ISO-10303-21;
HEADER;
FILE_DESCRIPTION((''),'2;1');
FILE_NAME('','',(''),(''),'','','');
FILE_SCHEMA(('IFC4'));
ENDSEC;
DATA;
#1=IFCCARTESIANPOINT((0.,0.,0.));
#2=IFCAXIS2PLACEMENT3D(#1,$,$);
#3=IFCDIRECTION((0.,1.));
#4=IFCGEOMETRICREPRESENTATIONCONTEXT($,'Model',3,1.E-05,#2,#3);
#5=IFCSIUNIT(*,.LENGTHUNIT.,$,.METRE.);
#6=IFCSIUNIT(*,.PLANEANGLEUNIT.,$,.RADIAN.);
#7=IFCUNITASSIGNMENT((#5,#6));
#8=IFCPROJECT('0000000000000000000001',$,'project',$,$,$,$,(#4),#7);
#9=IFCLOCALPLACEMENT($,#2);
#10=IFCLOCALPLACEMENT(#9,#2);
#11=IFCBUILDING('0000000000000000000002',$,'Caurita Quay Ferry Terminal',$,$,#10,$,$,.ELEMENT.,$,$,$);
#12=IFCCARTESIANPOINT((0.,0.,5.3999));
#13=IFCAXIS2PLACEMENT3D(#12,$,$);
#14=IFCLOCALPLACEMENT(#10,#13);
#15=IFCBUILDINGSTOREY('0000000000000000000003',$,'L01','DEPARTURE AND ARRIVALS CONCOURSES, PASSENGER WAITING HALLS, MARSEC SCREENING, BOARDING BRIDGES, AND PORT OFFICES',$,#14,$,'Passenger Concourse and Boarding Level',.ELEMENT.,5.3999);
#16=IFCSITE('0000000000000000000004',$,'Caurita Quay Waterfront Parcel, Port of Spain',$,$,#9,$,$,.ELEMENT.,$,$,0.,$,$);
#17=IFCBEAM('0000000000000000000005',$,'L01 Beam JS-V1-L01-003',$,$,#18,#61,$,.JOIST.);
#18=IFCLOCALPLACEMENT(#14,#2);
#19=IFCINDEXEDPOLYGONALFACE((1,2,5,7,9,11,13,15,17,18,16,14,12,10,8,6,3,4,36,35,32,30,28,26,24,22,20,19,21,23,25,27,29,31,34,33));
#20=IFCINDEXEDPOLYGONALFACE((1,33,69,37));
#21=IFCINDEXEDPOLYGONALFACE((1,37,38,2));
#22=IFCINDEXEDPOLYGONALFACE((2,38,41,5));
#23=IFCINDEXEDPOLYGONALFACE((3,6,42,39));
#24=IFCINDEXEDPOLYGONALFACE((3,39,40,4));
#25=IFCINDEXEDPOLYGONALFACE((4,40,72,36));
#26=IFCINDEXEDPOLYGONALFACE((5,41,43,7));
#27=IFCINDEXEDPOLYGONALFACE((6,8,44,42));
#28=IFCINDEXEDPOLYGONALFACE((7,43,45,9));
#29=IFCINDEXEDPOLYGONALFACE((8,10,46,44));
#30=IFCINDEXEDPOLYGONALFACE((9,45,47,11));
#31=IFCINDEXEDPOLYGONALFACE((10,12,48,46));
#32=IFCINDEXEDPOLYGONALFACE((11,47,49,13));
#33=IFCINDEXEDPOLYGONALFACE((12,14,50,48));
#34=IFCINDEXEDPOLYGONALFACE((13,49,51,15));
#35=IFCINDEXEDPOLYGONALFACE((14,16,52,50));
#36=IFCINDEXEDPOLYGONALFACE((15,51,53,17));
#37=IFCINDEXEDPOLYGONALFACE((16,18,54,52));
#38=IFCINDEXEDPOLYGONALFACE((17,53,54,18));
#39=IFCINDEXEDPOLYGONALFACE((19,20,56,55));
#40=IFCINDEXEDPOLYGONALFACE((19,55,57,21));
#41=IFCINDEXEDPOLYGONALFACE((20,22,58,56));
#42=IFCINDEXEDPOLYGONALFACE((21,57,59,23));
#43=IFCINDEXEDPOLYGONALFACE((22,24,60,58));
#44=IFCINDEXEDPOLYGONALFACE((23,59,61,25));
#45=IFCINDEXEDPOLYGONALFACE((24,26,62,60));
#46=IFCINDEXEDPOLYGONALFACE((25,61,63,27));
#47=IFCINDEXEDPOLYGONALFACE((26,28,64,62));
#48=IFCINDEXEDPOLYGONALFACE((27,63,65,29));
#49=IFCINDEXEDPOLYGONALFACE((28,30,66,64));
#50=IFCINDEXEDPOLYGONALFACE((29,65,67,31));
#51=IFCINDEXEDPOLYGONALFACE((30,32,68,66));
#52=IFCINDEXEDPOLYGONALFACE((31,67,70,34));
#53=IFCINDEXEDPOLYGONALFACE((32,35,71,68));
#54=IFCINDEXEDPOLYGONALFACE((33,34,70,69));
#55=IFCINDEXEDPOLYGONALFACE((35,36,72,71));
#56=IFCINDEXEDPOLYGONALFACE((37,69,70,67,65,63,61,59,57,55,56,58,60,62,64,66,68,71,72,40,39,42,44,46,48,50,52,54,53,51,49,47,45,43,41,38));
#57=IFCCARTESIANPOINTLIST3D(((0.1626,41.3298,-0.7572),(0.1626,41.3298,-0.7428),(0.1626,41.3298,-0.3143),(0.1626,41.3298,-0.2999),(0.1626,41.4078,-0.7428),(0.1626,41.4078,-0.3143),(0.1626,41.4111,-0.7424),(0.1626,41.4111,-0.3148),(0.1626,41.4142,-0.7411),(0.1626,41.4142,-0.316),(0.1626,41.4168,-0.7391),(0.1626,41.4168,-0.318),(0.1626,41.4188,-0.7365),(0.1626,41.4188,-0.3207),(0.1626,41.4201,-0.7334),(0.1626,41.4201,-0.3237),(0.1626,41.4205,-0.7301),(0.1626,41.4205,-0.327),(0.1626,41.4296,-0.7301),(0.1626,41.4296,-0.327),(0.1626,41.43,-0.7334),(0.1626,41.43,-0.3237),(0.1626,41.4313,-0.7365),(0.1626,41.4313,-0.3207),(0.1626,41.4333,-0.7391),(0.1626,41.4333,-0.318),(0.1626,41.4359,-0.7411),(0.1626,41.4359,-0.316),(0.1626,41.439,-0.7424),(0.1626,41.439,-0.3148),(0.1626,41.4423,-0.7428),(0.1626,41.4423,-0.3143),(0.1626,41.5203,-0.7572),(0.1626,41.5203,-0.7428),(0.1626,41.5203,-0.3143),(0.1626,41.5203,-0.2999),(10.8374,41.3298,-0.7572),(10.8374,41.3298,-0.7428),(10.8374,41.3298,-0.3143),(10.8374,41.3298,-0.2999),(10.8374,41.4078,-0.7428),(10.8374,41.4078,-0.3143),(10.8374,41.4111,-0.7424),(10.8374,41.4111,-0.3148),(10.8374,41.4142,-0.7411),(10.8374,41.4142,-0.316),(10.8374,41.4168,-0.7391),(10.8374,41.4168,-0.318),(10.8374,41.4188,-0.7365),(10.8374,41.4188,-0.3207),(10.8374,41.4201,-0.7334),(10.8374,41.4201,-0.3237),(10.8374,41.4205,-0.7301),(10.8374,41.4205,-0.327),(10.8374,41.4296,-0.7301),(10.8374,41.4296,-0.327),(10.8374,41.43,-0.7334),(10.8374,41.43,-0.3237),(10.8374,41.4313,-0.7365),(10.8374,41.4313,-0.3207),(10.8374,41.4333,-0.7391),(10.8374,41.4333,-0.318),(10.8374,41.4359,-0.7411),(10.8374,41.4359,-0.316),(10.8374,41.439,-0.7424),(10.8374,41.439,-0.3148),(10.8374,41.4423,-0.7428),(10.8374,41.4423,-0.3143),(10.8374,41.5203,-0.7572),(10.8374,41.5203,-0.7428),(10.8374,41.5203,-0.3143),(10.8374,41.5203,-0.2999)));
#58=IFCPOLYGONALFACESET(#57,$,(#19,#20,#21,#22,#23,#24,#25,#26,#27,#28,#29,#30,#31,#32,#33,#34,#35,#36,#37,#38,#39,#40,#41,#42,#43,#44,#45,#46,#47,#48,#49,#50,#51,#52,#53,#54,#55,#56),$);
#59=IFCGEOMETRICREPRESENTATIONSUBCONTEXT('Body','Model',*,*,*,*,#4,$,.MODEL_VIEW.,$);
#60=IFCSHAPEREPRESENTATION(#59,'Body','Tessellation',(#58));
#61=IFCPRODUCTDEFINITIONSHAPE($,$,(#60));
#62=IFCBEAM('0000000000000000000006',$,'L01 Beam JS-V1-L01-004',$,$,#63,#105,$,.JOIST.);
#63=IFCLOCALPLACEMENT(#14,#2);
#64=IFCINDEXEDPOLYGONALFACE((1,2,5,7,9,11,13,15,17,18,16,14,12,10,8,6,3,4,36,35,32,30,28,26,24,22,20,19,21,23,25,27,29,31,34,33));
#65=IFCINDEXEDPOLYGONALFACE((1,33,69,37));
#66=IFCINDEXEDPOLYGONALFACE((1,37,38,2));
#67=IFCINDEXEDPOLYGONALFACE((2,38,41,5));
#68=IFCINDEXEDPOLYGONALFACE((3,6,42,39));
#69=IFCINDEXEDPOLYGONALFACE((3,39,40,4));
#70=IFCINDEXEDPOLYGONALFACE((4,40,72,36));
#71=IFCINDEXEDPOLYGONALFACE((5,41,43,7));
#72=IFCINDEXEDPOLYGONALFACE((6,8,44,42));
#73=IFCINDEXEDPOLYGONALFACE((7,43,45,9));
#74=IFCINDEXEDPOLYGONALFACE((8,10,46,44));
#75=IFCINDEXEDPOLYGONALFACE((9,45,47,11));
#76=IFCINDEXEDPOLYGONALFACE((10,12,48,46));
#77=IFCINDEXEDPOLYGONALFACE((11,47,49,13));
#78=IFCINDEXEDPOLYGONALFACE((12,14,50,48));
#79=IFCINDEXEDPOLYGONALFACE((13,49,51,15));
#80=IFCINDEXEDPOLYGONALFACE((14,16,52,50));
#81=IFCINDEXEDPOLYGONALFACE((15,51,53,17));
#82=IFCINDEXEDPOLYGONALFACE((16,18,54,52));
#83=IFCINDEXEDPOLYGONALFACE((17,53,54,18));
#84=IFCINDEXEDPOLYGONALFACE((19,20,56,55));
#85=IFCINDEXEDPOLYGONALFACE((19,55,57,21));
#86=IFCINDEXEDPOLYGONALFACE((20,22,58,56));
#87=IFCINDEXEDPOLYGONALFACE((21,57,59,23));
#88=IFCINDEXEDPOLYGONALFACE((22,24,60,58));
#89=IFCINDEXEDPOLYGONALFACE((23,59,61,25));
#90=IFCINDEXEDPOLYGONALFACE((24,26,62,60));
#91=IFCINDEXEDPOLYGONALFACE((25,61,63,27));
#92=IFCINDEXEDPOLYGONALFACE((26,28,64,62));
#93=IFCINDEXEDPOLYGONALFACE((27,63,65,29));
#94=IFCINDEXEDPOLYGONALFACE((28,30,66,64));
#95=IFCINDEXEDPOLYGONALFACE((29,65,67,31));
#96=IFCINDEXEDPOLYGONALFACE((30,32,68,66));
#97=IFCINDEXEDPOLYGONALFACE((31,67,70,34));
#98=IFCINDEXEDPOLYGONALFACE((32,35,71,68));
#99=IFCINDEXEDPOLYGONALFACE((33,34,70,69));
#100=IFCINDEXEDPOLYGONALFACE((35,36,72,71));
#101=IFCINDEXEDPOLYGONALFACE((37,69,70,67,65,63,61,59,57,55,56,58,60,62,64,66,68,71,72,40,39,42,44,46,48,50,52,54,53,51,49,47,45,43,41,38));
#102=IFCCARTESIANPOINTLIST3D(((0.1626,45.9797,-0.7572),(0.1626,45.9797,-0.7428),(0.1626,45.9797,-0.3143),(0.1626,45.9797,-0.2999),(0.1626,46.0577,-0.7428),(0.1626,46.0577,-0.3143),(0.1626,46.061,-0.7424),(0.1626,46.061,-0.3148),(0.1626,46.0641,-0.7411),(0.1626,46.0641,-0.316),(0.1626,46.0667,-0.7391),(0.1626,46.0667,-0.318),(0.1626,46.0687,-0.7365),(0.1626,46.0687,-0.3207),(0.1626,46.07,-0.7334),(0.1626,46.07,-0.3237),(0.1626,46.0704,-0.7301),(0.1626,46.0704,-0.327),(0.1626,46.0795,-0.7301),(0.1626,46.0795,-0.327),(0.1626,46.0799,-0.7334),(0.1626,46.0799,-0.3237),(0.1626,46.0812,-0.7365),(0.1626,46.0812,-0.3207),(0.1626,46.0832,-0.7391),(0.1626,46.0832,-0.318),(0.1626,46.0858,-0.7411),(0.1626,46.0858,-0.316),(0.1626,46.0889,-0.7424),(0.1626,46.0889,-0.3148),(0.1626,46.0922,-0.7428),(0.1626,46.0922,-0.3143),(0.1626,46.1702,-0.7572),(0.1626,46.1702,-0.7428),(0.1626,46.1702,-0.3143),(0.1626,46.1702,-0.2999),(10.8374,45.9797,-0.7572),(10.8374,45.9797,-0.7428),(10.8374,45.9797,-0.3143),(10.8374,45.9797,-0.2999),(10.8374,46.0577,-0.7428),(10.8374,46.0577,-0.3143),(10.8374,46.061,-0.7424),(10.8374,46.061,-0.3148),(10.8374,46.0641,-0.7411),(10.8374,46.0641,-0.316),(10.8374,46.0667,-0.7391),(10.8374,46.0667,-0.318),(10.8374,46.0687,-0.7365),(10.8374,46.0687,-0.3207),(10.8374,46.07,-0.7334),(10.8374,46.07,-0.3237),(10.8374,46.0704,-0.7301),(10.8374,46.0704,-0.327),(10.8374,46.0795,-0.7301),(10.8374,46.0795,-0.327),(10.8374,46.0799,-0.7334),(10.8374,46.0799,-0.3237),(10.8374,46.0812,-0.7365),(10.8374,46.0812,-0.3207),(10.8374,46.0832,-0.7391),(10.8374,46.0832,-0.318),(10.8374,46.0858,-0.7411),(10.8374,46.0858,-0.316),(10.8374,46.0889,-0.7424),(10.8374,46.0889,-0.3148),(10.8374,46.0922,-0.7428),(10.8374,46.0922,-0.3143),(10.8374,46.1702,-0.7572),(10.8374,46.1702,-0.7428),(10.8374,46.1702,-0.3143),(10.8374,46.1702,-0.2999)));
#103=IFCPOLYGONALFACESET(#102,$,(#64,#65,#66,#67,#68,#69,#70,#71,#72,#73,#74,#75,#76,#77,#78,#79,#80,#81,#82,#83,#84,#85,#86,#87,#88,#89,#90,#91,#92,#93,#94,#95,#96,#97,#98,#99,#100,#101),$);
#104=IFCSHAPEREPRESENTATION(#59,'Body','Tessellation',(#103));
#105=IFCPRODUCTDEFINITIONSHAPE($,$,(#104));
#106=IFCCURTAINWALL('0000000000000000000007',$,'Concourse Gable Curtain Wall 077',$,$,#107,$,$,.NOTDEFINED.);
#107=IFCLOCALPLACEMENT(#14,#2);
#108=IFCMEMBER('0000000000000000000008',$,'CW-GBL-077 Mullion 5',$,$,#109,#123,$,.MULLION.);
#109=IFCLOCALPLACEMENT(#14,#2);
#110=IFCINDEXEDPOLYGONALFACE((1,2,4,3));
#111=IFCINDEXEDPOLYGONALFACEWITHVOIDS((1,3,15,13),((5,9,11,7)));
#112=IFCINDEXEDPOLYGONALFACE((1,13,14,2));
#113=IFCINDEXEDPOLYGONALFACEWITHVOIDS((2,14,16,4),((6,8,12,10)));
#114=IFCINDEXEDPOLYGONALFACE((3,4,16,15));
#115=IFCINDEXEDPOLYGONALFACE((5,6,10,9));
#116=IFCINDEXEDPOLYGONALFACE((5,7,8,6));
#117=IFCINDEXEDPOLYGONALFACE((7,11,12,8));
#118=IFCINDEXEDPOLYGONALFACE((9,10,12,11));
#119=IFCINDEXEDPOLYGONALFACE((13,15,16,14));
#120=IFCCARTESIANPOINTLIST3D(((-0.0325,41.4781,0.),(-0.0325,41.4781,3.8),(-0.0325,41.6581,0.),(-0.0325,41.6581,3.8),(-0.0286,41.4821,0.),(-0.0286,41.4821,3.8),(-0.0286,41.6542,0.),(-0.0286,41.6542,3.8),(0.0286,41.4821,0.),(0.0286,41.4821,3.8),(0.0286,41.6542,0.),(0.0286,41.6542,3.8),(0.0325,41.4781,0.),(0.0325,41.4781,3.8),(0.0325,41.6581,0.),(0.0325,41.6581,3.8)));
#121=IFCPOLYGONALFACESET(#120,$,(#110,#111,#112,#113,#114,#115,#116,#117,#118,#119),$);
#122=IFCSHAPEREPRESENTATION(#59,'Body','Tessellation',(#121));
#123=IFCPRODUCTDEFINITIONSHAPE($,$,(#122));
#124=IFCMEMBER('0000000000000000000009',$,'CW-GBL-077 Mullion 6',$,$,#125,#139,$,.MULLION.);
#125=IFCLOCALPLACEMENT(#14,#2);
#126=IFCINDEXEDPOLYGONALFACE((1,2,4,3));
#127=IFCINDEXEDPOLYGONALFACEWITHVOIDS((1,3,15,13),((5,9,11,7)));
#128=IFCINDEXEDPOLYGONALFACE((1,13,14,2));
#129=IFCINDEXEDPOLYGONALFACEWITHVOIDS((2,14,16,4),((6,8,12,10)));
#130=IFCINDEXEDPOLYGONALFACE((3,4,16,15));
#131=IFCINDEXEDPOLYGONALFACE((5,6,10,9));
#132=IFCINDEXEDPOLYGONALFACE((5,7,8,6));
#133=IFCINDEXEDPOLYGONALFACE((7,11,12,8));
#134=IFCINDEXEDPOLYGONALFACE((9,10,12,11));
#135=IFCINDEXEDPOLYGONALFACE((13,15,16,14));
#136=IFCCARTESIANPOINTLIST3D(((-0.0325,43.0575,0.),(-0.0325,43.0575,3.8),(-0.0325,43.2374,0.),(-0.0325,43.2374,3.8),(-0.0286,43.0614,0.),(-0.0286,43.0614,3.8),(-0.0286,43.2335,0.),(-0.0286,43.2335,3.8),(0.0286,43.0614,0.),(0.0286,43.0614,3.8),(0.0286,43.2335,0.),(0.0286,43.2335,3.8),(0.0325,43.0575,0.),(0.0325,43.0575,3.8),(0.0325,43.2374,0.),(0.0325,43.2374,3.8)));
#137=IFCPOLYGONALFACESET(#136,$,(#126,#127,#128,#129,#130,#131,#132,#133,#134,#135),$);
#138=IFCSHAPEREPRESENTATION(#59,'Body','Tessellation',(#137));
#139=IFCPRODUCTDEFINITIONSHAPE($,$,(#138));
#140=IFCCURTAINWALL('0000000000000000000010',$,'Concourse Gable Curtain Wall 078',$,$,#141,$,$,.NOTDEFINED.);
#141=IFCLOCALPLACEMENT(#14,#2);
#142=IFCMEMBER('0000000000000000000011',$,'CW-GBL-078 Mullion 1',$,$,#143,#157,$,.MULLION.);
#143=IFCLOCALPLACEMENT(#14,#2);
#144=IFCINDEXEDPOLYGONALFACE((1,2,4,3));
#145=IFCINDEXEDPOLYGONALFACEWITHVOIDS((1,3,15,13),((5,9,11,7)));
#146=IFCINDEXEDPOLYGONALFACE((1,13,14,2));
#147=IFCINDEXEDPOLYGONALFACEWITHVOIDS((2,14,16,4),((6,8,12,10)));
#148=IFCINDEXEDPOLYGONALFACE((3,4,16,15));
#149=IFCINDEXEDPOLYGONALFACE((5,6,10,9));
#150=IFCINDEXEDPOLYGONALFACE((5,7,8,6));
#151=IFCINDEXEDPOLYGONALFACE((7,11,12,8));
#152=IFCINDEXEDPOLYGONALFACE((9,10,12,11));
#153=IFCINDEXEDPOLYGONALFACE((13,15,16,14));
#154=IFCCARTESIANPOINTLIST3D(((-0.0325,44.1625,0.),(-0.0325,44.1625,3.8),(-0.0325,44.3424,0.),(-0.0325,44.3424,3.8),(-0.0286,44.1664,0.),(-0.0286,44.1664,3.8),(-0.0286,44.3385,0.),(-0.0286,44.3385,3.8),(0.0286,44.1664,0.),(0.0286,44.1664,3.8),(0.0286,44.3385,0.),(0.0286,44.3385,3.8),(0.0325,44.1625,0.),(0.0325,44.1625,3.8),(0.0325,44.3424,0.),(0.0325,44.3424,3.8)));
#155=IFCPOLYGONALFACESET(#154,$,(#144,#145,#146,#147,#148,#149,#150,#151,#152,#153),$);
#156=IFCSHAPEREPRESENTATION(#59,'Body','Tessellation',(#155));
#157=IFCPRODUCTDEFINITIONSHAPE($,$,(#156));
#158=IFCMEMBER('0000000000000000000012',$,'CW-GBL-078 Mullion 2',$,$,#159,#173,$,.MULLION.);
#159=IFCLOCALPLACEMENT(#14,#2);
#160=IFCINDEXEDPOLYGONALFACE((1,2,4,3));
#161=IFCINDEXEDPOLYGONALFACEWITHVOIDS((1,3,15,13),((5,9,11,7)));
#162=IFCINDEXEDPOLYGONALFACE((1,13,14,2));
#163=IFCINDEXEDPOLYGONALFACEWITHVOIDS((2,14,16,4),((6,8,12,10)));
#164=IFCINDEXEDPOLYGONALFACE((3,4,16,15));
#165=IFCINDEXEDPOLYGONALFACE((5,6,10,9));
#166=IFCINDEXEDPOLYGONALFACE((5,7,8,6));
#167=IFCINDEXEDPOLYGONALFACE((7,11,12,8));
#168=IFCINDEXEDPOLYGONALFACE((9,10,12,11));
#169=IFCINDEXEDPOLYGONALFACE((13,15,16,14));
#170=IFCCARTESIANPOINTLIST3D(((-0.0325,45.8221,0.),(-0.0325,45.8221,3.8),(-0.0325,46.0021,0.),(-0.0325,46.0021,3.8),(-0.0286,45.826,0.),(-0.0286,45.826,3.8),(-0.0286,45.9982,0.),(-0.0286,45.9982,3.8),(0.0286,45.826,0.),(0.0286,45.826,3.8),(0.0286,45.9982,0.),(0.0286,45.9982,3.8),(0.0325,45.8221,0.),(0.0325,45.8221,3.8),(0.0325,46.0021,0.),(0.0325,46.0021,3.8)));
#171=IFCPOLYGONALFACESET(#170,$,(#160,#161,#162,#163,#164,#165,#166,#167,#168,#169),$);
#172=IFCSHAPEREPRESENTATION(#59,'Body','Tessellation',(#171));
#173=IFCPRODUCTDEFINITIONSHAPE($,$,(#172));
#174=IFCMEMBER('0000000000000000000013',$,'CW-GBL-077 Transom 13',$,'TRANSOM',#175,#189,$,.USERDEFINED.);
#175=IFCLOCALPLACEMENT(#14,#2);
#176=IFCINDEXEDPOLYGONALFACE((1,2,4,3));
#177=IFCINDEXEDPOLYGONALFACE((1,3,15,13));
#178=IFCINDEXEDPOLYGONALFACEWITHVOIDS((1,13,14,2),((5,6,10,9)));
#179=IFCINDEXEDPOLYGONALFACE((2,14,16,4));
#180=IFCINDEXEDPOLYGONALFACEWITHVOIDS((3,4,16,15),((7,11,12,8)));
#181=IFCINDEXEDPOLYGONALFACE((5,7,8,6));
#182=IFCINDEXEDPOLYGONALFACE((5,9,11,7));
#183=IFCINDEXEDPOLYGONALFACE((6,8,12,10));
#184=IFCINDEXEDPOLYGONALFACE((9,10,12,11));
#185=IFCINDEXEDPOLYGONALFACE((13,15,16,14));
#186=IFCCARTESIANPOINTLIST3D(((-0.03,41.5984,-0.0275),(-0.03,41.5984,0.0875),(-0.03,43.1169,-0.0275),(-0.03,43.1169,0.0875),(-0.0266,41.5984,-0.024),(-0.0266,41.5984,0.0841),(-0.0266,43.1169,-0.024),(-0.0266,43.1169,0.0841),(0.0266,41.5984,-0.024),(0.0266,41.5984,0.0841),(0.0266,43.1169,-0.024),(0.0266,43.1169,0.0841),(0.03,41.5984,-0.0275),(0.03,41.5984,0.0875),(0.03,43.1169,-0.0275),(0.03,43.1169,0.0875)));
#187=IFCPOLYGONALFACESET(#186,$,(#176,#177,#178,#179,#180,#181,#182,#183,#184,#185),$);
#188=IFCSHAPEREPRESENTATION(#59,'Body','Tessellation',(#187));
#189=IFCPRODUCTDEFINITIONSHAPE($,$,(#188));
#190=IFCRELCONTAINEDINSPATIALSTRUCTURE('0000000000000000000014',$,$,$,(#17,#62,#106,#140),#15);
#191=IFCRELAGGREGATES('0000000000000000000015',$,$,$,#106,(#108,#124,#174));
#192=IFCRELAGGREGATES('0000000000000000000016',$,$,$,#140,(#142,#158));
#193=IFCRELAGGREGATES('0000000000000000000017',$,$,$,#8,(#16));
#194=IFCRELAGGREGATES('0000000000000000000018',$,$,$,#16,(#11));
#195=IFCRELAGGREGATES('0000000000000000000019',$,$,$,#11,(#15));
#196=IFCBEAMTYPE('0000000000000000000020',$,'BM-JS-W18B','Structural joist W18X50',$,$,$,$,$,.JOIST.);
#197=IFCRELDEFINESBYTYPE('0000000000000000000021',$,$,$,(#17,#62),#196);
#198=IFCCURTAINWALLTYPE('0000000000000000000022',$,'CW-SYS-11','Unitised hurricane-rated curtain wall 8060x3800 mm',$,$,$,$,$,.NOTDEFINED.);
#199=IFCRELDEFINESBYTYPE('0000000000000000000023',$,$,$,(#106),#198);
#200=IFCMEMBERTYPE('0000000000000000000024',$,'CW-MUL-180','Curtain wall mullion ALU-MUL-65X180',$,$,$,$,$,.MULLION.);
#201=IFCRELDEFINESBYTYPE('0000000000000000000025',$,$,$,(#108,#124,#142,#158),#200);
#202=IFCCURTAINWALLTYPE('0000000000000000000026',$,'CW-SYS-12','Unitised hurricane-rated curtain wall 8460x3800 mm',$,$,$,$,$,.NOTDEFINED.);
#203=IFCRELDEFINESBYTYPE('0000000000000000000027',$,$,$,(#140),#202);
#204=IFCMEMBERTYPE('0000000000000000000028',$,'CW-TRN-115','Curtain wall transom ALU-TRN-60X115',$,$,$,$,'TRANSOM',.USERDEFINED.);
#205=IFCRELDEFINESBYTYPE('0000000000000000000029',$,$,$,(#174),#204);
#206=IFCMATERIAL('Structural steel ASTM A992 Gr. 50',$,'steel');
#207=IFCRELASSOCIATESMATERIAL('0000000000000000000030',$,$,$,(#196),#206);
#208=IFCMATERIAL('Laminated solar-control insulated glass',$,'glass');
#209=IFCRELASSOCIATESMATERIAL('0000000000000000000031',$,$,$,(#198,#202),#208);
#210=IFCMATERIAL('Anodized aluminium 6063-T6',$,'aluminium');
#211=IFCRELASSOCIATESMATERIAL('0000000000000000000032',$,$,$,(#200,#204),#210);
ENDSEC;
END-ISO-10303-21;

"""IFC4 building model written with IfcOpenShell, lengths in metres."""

from ifc_helpers import new_model, si_unit, direction, frame, origin, origin_2d, place, context, subcontext, project, spatial, hollow_rectangle, i_section, extrude, material, material_profile, profile_set, type_object, element, aggregate, save


model = new_model("IFC4")

# Units and contexts
model_context = context("Model", 3, precision=1e-05, world=origin(), true_north=direction((0.0, 1.0)))
body_context = subcontext(model_context, "Body", "Model", "MODEL_VIEW")
ifc_project = project(units=[si_unit("LENGTHUNIT", "METRE"), si_unit("PLANEANGLEUNIT", "RADIAN")], contexts=[model_context])

# Site, building, storey
site_placement = place(None, origin())
site = spatial("IfcSite", under=ifc_project, at=site_placement, Name="Caurita Quay Waterfront Parcel, Port of Spain", CompositionType="ELEMENT", RefElevation=0.0)
building_placement = place(site_placement, origin())
building = spatial("IfcBuilding", under=site, at=building_placement, Name="Caurita Quay Ferry Terminal", CompositionType="ELEMENT")
storey_placement = place(building_placement, frame((0.0, 0.0, 5.3999)))
storey = spatial("IfcBuildingStorey", under=building, at=storey_placement, Name="L01", Description="DEPARTURE AND ARRIVALS CONCOURSES, PASSENGER WAITING HALLS, MARSEC SCREENING, BOARDING BRIDGES, AND PORT OFFICES", LongName="Passenger Concourse and Boarding Level", CompositionType="ELEMENT", Elevation=5.3999)

# Shared definitions
ifc_material_1 = material(Name="Structural steel ASTM A992 Gr. 50", Category="steel")

# Beams
ifc_material_profile_1 = material_profile(ifc_material_1, i_section(OverallWidth=0.1904, OverallDepth=0.4573, WebThickness=0.009, FlangeThickness=0.0144, FilletRadius=0.0127, at=origin_2d()), Name="W18X50")
ifc_profile_set_1 = profile_set([ifc_material_profile_1], Name="Structural steel ASTM A992 Gr. 50")
beam_type_1 = type_object("IfcBeamType", Name="BM-JS-W18B", Description="Structural joist W18X50", PredefinedType="JOIST", material=ifc_profile_set_1)
for number, where, z_axis, x_axis, name in (
    (1, (0.1626, 41.425, -0.5286), (1.0, 0.0, 0.0), (0.0, 1.0, 0.0), "L01 Beam JS-V1-L01-003"),
    (2, (0.1626, 46.075, -0.5286), (1.0, 0.0, 0.0), (0.0, 1.0, 0.0), "L01 Beam JS-V1-L01-004"),
):
    element("IfcBeam", number, at=place(storey_placement, frame(where, z_axis=z_axis, x_axis=x_axis)), inside=storey, type_object=beam_type_1, Name=name, PredefinedType="JOIST", context=body_context, shape_type="SweptSolid", body=[
        extrude(i_section(OverallWidth=0.1904, OverallDepth=0.4573, WebThickness=0.009, FlangeThickness=0.0144, FilletRadius=0.0127, at=origin_2d()), origin(), (0.0, 0.0, 1.0), 10.6748),
    ])

# Curtain walls, members
ifc_material_2 = material(Name="Laminated solar-control insulated glass", Category="glass")
curtain_wall_type_1 = type_object("IfcCurtainWallType", Name="CW-SYS-11", Description="Unitised hurricane-rated curtain wall 8060x3800 mm", PredefinedType="NOTDEFINED", material=ifc_material_2)
curtain_wall_1_placement = place(storey_placement, origin())
curtain_wall_1 = element("IfcCurtainWall", 3, at=curtain_wall_1_placement, inside=storey, type_object=curtain_wall_type_1, Name="Concourse Gable Curtain Wall 077", PredefinedType="NOTDEFINED")
ifc_material_3 = material(Name="Anodized aluminium 6063-T6", Category="aluminium")
ifc_material_profile_2 = material_profile(ifc_material_3, hollow_rectangle(XDim=0.0649, YDim=0.1799, WallThickness=0.0039, at=origin_2d()), Name="ALU-MUL-65X180")
ifc_profile_set_2 = profile_set([ifc_material_profile_2], Name="Anodized aluminium 6063-T6")
member_type_1 = type_object("IfcMemberType", Name="CW-MUL-180", Description="Curtain wall mullion ALU-MUL-65X180", PredefinedType="MULLION", material=ifc_profile_set_2)
member_1_placement = place(storey_placement, frame((0.0, 41.5681, 0.0), z_axis=(0.0, 0.0, 1.0), x_axis=(-1.0, 0.0, 0.0)))
member_1 = element("IfcMember", 4, at=member_1_placement, type_object=member_type_1, Name="CW-GBL-077 Mullion 5", PredefinedType="MULLION", context=body_context, shape_type="SweptSolid", body=[
    extrude(hollow_rectangle(XDim=0.0649, YDim=0.1799, WallThickness=0.0039, at=origin_2d()), origin(), (0.0, 0.0, 1.0), 3.8),
])
member_2_placement = place(storey_placement, frame((0.0, 43.1475, 0.0), z_axis=(0.0, 0.0, 1.0), x_axis=(-1.0, 0.0, 0.0)))
member_2 = element("IfcMember", 5, at=member_2_placement, type_object=member_type_1, Name="CW-GBL-077 Mullion 6", PredefinedType="MULLION", context=body_context, shape_type="SweptSolid", body=[
    extrude(hollow_rectangle(XDim=0.0649, YDim=0.1799, WallThickness=0.0039, at=origin_2d()), origin(), (0.0, 0.0, 1.0), 3.8),
])
curtain_wall_type_2 = type_object("IfcCurtainWallType", Name="CW-SYS-12", Description="Unitised hurricane-rated curtain wall 8460x3800 mm", PredefinedType="NOTDEFINED", material=ifc_material_2)
curtain_wall_2_placement = place(storey_placement, origin())
curtain_wall_2 = element("IfcCurtainWall", 6, at=curtain_wall_2_placement, inside=storey, type_object=curtain_wall_type_2, Name="Concourse Gable Curtain Wall 078", PredefinedType="NOTDEFINED")
member_3_placement = place(storey_placement, frame((0.0, 44.2524, 0.0), z_axis=(0.0, 0.0, 1.0), x_axis=(-1.0, 0.0, 0.0)))
member_3 = element("IfcMember", 7, at=member_3_placement, type_object=member_type_1, Name="CW-GBL-078 Mullion 1", PredefinedType="MULLION", context=body_context, shape_type="SweptSolid", body=[
    extrude(hollow_rectangle(XDim=0.0649, YDim=0.1799, WallThickness=0.0039, at=origin_2d()), origin(), (0.0, 0.0, 1.0), 3.8),
])
member_4_placement = place(storey_placement, frame((0.0, 45.9121, 0.0), z_axis=(0.0, 0.0, 1.0), x_axis=(-1.0, 0.0, 0.0)))
member_4 = element("IfcMember", 8, at=member_4_placement, type_object=member_type_1, Name="CW-GBL-078 Mullion 2", PredefinedType="MULLION", context=body_context, shape_type="SweptSolid", body=[
    extrude(hollow_rectangle(XDim=0.0649, YDim=0.1799, WallThickness=0.0039, at=origin_2d()), origin(), (0.0, 0.0, 1.0), 3.8),
])

# Member
ifc_material_profile_3 = material_profile(ifc_material_3, hollow_rectangle(XDim=0.0601, YDim=0.115, WallThickness=0.0034, at=origin_2d()), Name="ALU-TRN-60X115")
ifc_profile_set_3 = profile_set([ifc_material_profile_3], Name="Anodized aluminium 6063-T6")
member_type_2 = type_object("IfcMemberType", Name="CW-TRN-115", Description="Curtain wall transom ALU-TRN-60X115", ElementType="TRANSOM", PredefinedType="USERDEFINED", material=ifc_profile_set_3)
member_5_placement = place(storey_placement, frame((0.0, 41.5984, 0.03), z_axis=(0.0, 1.0, 0.0), x_axis=(-1.0, 0.0, 0.0)))
member_5 = element("IfcMember", 9, at=member_5_placement, type_object=member_type_2, Name="CW-GBL-077 Transom 13", ObjectType="TRANSOM", PredefinedType="USERDEFINED", context=body_context, shape_type="SweptSolid", body=[
    extrude(hollow_rectangle(XDim=0.0601, YDim=0.115, WallThickness=0.0034, at=origin_2d()), origin(), (0.0, 0.0, 1.0), 1.5186),
])

aggregate(curtain_wall_1, [member_1, member_2, member_5])
aggregate(curtain_wall_2, [member_3, member_4])

save(model, "model.ifc")
